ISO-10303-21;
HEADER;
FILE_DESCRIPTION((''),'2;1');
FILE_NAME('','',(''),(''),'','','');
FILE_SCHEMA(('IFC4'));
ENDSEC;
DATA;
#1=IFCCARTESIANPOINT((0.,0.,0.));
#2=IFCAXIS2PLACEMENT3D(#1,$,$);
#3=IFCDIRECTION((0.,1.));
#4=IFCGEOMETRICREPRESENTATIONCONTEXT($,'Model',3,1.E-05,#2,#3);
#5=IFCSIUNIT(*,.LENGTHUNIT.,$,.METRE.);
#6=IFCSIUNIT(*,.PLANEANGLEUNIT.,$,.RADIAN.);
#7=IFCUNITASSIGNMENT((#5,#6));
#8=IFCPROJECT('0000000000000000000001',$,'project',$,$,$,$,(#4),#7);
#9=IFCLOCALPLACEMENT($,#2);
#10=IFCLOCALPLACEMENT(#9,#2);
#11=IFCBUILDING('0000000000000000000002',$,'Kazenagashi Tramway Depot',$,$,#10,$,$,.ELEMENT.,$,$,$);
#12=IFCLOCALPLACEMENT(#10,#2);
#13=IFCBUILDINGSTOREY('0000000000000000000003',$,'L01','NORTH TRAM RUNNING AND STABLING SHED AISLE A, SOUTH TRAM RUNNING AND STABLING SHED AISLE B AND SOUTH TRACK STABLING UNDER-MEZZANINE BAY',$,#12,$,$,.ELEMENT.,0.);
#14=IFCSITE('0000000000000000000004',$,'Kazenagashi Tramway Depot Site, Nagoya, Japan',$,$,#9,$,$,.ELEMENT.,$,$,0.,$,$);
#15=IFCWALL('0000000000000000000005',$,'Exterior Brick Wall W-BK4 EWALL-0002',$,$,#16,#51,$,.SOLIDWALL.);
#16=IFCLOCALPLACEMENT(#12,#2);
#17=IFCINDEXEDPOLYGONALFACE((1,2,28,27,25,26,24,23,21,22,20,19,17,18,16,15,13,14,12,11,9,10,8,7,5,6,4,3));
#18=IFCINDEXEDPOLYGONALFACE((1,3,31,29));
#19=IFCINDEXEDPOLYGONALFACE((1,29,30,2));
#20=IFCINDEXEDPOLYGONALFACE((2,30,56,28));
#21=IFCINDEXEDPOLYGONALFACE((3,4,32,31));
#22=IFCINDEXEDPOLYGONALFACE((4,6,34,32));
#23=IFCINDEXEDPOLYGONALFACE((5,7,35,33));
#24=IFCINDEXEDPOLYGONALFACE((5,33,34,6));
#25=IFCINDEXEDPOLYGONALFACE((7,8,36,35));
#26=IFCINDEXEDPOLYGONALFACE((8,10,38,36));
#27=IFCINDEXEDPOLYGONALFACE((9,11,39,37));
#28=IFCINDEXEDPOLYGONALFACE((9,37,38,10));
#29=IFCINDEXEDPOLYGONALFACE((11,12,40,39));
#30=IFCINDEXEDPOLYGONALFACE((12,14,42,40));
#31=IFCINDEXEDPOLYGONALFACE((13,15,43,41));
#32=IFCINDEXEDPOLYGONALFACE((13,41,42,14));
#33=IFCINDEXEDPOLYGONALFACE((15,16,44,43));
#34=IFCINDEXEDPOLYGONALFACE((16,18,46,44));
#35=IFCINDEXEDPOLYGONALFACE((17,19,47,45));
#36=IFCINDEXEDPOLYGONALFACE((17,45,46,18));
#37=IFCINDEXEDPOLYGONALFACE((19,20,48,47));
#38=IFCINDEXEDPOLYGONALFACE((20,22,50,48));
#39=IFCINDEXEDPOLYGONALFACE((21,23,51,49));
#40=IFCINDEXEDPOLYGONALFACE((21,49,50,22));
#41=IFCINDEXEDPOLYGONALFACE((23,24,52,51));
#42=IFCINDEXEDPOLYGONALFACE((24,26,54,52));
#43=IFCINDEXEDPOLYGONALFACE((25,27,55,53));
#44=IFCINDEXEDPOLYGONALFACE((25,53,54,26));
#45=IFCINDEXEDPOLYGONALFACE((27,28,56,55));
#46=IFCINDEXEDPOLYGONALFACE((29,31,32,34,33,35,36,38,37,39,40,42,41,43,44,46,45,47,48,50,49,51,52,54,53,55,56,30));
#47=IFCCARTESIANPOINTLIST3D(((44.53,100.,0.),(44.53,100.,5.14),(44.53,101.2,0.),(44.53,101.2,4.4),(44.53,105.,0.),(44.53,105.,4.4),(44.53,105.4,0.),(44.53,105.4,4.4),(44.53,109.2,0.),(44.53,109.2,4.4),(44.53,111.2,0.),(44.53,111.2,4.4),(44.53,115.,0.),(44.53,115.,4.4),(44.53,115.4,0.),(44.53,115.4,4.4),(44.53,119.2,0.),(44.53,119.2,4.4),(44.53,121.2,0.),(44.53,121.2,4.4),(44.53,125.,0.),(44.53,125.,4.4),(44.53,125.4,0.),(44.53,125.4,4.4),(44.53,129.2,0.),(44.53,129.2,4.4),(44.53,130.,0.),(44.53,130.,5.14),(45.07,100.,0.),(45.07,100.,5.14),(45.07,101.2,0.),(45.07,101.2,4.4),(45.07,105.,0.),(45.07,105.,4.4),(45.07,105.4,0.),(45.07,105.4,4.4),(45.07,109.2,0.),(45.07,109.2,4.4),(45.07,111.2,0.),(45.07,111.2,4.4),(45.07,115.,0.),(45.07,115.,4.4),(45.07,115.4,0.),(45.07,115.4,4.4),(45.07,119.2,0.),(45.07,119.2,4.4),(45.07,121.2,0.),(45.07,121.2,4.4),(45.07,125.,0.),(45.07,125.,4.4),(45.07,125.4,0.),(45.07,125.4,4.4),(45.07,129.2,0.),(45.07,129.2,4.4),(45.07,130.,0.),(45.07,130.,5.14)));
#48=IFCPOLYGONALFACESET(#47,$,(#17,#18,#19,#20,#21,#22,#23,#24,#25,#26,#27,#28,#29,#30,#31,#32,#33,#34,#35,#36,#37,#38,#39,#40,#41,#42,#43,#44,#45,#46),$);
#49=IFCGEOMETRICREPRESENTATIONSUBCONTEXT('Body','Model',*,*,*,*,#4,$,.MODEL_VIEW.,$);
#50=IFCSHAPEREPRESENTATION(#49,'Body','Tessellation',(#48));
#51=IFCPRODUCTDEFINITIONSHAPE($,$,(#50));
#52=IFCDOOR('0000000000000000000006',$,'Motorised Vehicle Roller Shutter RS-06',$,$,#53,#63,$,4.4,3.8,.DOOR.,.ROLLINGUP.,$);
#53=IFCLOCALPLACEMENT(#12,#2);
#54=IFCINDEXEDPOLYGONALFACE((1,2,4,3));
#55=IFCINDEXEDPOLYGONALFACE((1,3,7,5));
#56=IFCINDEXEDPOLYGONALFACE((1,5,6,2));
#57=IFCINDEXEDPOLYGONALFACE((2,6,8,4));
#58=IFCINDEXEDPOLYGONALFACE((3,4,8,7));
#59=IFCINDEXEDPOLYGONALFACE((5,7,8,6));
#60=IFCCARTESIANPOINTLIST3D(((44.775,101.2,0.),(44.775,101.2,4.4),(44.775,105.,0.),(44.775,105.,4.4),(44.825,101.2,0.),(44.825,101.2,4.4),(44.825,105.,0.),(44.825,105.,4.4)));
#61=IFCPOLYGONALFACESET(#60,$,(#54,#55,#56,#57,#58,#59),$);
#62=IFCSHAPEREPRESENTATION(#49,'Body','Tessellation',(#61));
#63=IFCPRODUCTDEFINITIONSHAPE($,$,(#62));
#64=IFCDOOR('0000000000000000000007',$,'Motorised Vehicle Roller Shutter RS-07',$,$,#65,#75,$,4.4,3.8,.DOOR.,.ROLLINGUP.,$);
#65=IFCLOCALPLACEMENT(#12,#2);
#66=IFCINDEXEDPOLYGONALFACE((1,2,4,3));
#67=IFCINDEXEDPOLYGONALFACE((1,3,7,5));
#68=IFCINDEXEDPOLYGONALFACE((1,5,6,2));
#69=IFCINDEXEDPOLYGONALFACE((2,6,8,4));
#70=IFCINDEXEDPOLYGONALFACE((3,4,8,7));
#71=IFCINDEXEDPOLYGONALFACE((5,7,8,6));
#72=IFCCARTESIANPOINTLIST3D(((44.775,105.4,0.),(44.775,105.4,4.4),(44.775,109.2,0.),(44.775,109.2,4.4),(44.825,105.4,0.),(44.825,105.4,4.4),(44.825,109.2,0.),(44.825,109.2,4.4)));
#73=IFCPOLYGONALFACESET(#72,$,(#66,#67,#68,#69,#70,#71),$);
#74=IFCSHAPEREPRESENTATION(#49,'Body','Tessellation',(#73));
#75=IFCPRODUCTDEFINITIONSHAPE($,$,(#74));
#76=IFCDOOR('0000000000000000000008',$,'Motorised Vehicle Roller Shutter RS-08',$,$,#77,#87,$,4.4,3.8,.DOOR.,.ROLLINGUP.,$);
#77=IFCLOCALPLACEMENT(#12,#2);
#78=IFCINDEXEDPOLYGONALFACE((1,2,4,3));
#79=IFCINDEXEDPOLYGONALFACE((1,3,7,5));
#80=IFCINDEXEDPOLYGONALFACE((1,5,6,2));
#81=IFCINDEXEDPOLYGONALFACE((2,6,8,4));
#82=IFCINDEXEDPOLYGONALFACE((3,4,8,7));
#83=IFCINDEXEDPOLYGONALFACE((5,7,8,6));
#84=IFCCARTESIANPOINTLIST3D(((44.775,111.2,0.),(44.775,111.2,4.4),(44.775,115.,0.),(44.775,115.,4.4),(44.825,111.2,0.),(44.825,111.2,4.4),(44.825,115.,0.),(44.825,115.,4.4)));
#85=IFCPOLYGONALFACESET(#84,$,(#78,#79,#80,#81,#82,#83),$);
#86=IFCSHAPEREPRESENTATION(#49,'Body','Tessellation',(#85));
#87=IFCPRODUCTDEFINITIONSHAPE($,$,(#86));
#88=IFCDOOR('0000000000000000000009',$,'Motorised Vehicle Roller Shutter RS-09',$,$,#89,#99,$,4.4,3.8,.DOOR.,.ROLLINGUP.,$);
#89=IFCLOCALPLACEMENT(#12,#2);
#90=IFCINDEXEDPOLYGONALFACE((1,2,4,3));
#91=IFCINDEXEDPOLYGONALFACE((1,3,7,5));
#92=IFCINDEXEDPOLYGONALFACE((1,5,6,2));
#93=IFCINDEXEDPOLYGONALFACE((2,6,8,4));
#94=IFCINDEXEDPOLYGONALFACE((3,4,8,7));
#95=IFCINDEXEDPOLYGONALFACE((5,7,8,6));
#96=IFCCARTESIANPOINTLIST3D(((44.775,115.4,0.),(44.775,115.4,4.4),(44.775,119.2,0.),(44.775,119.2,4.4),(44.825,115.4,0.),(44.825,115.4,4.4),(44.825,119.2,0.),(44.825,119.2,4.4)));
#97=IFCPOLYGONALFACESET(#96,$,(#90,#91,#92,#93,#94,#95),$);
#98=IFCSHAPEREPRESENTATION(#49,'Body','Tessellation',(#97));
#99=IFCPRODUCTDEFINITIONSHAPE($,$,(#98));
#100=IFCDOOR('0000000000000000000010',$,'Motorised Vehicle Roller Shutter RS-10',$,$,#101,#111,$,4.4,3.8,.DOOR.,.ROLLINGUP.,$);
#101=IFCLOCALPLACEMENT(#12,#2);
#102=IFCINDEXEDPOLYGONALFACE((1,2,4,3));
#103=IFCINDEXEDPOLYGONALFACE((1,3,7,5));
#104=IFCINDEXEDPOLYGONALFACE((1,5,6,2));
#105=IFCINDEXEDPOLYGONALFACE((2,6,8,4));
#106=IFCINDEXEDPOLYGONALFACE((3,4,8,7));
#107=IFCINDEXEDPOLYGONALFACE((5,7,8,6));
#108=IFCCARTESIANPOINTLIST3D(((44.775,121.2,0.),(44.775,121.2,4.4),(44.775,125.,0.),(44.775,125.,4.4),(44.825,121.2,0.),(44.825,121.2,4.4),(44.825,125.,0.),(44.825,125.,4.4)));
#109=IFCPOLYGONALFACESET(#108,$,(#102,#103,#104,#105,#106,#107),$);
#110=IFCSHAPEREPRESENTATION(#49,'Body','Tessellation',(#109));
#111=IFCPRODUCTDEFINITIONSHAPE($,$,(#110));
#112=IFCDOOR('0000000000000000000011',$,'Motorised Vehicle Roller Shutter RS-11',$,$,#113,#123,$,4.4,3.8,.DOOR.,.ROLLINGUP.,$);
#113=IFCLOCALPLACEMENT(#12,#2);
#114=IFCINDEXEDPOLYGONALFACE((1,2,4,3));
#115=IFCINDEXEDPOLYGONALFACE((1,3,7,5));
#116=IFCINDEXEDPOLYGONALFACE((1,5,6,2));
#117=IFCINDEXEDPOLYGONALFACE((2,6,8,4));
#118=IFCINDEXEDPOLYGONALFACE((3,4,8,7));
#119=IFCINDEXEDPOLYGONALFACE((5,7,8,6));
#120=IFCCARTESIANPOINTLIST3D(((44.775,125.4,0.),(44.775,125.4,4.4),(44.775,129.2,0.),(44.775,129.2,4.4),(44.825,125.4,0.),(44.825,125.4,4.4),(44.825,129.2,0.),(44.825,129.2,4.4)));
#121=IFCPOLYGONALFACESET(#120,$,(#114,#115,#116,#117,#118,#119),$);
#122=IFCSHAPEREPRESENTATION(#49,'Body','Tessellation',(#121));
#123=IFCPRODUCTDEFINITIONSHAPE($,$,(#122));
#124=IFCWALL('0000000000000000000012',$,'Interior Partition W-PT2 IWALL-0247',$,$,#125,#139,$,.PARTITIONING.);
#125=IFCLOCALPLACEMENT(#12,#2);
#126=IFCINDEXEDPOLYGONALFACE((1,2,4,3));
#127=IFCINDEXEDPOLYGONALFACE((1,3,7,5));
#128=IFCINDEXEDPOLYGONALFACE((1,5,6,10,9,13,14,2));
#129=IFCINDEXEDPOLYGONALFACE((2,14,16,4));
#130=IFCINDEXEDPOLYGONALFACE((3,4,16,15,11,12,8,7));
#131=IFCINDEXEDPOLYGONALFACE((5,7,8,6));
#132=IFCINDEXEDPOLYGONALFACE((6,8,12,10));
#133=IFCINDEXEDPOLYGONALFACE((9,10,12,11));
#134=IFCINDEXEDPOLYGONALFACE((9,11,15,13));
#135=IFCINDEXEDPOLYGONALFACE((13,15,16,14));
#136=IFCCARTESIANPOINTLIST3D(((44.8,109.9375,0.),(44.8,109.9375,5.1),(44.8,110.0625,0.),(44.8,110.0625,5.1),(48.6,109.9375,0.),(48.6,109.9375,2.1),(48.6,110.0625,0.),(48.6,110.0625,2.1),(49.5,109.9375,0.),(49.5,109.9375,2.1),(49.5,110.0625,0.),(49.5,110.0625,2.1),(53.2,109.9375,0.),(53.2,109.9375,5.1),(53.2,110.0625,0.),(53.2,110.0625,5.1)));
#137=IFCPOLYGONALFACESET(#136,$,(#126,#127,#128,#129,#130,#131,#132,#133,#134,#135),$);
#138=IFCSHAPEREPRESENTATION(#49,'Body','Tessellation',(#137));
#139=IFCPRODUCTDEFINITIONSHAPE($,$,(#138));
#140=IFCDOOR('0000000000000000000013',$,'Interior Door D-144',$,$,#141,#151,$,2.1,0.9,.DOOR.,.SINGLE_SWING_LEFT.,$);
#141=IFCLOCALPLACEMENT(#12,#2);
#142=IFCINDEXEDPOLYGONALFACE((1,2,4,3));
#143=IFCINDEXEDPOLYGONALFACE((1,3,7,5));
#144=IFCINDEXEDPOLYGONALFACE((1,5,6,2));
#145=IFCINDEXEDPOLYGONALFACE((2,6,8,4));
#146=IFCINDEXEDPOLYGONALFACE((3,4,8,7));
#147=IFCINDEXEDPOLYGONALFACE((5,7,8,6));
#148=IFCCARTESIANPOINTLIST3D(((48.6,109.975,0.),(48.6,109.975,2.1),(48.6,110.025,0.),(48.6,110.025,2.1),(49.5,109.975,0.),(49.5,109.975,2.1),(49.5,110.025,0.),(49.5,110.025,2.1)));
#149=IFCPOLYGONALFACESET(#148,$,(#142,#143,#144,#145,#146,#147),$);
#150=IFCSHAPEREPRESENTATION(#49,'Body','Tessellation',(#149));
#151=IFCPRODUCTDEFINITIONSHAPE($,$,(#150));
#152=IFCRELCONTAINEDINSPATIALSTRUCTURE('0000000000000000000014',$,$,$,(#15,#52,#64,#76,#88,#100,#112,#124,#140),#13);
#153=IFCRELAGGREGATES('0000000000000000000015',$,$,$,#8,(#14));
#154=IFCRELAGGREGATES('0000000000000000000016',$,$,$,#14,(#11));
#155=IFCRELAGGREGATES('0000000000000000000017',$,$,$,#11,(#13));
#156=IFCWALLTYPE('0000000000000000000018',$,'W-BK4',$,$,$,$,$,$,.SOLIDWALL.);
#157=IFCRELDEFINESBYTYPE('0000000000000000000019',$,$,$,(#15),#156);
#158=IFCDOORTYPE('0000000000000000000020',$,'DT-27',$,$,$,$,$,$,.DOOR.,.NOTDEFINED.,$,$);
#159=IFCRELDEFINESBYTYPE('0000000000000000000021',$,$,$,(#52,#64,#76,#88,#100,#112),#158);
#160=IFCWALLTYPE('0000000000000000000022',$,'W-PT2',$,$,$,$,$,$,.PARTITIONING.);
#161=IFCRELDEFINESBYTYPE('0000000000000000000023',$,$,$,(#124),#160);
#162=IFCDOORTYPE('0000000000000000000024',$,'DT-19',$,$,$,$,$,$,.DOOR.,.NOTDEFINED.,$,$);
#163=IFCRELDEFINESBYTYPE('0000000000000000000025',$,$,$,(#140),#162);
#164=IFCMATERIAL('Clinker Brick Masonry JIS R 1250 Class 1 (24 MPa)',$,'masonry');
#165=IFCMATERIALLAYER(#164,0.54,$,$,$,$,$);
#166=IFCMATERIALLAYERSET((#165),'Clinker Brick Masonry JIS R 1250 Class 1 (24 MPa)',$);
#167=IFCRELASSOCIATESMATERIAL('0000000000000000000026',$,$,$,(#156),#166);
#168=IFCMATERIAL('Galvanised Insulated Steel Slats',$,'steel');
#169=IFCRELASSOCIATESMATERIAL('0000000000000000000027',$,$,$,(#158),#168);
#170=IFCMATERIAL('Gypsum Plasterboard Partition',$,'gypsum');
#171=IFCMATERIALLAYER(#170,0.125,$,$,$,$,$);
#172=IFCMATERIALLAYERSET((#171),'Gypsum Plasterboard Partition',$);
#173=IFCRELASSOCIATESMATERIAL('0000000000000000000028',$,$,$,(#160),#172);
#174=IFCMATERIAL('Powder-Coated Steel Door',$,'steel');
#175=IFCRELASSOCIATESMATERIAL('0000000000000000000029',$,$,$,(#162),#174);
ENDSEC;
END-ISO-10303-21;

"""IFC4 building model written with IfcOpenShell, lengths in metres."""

from ifc_helpers import new_model, si_unit, direction, frame, frame_2d, origin, place, context, subcontext, project, spatial, rectangle, extrude, material, layer, layer_set, type_object, element, fill, save


model = new_model("IFC4")

# Units and contexts
model_context = context("Model", 3, precision=1e-05, world=origin(), true_north=direction((0.0, 1.0)))
body_context = subcontext(model_context, "Body", "Model", "MODEL_VIEW")
ifc_project = project(units=[si_unit("LENGTHUNIT", "METRE"), si_unit("PLANEANGLEUNIT", "RADIAN")], contexts=[model_context])

# Site, building, storey
site_placement = place(None, origin())
site = spatial("IfcSite", under=ifc_project, at=site_placement, Name="Kazenagashi Tramway Depot Site, Nagoya, Japan", CompositionType="ELEMENT", RefElevation=0.0)
building_placement = place(site_placement, origin())
building = spatial("IfcBuilding", under=site, at=building_placement, Name="Kazenagashi Tramway Depot", CompositionType="ELEMENT")
storey_placement = place(building_placement, origin())
storey = spatial("IfcBuildingStorey", under=building, at=storey_placement, Name="L01", Description="NORTH TRAM RUNNING AND STABLING SHED AISLE A, SOUTH TRAM RUNNING AND STABLING SHED AISLE B AND SOUTH TRACK STABLING UNDER-MEZZANINE BAY", CompositionType="ELEMENT", Elevation=0.0)

# Wall, openings, doors
ifc_material_1 = material(Name="Clinker Brick Masonry JIS R 1250 Class 1 (24 MPa)", Category="masonry")
ifc_layer_1 = layer(ifc_material_1, 0.54)
ifc_layer_set_1 = layer_set([ifc_layer_1], Name="Clinker Brick Masonry JIS R 1250 Class 1 (24 MPa)")
wall_type_1 = type_object("IfcWallType", Name="W-BK4", PredefinedType="SOLIDWALL", material=ifc_layer_set_1)
wall_1_placement = place(storey_placement, frame((44.8, 100.0, 0.0), z_axis=(0.0, 0.0, 1.0), x_axis=(0.0, 1.0, 0.0)))
wall_1 = element("IfcWall", 1, at=wall_1_placement, inside=storey, type_object=wall_type_1, Name="Exterior Brick Wall W-BK4 EWALL-0002", PredefinedType="SOLIDWALL", context=body_context, shape_type="SweptSolid", body=[
    extrude(rectangle(XDim=30.0, YDim=0.54, at=frame_2d((15.0, 0.0))), origin(), (0.0, 0.0, 1.0), 5.14),
])
opening_1_placement = place(wall_1_placement, frame((1.2, 0.0, 0.0)))
opening_1 = element("IfcOpeningElement", 2, at=opening_1_placement, cuts=wall_1, PredefinedType="OPENING", context=body_context, shape_type="SweptSolid", body=[
    extrude(rectangle(XDim=3.8, YDim=4.4, at=frame_2d((1.9, 2.2))), frame((0.0, 0.28, 0.0), z_axis=(0.0, -1.0, 0.0), x_axis=(1.0, 0.0, 0.0)), (0.0, 0.0, 1.0), 0.56),
])
opening_2_placement = place(wall_1_placement, frame((5.4, 0.0, 0.0)))
opening_2 = element("IfcOpeningElement", 3, at=opening_2_placement, cuts=wall_1, PredefinedType="OPENING", context=body_context, shape_type="SweptSolid", body=[
    extrude(rectangle(XDim=3.8, YDim=4.4, at=frame_2d((1.9, 2.2))), frame((0.0, 0.28, 0.0), z_axis=(0.0, -1.0, 0.0), x_axis=(1.0, 0.0, 0.0)), (0.0, 0.0, 1.0), 0.56),
])
opening_3_placement = place(wall_1_placement, frame((11.2, 0.0, 0.0)))
opening_3 = element("IfcOpeningElement", 4, at=opening_3_placement, cuts=wall_1, PredefinedType="OPENING", context=body_context, shape_type="SweptSolid", body=[
    extrude(rectangle(XDim=3.8, YDim=4.4, at=frame_2d((1.9, 2.2))), frame((0.0, 0.28, 0.0), z_axis=(0.0, -1.0, 0.0), x_axis=(1.0, 0.0, 0.0)), (0.0, 0.0, 1.0), 0.56),
])
opening_4_placement = place(wall_1_placement, frame((15.4, 0.0, 0.0)))
opening_4 = element("IfcOpeningElement", 5, at=opening_4_placement, cuts=wall_1, PredefinedType="OPENING", context=body_context, shape_type="SweptSolid", body=[
    extrude(rectangle(XDim=3.8, YDim=4.4, at=frame_2d((1.9, 2.2))), frame((0.0, 0.28, 0.0), z_axis=(0.0, -1.0, 0.0), x_axis=(1.0, 0.0, 0.0)), (0.0, 0.0, 1.0), 0.56),
])
opening_5_placement = place(wall_1_placement, frame((21.2, 0.0, 0.0)))
opening_5 = element("IfcOpeningElement", 6, at=opening_5_placement, cuts=wall_1, PredefinedType="OPENING", context=body_context, shape_type="SweptSolid", body=[
    extrude(rectangle(XDim=3.8, YDim=4.4, at=frame_2d((1.9, 2.2))), frame((0.0, 0.28, 0.0), z_axis=(0.0, -1.0, 0.0), x_axis=(1.0, 0.0, 0.0)), (0.0, 0.0, 1.0), 0.56),
])
opening_6_placement = place(wall_1_placement, frame((25.4, 0.0, 0.0)))
opening_6 = element("IfcOpeningElement", 7, at=opening_6_placement, cuts=wall_1, PredefinedType="OPENING", context=body_context, shape_type="SweptSolid", body=[
    extrude(rectangle(XDim=3.8, YDim=4.4, at=frame_2d((1.9, 2.2))), frame((0.0, 0.28, 0.0), z_axis=(0.0, -1.0, 0.0), x_axis=(1.0, 0.0, 0.0)), (0.0, 0.0, 1.0), 0.56),
])
ifc_material_2 = material(Name="Galvanised Insulated Steel Slats", Category="steel")
door_type_1 = type_object("IfcDoorType", Name="DT-27", OperationType="NOTDEFINED", PredefinedType="DOOR", material=ifc_material_2)
door_1_placement = place(opening_1_placement, origin())
door_1 = element("IfcDoor", 8, at=door_1_placement, inside=storey, type_object=door_type_1, Name="Motorised Vehicle Roller Shutter RS-06", OperationType="ROLLINGUP", OverallHeight=4.4, OverallWidth=3.8, PredefinedType="DOOR", context=body_context, shape_type="SweptSolid", body=[
    extrude(rectangle(XDim=3.8, YDim=4.4, at=frame_2d((1.9, 2.2))), frame((0.0, 0.025, 0.0), z_axis=(0.0, -1.0, 0.0), x_axis=(1.0, 0.0, 0.0)), (0.0, 0.0, 1.0), 0.05),
])
fill(opening_1, door_1)
door_2_placement = place(opening_2_placement, origin())
door_2 = element("IfcDoor", 9, at=door_2_placement, inside=storey, type_object=door_type_1, Name="Motorised Vehicle Roller Shutter RS-07", OperationType="ROLLINGUP", OverallHeight=4.4, OverallWidth=3.8, PredefinedType="DOOR", context=body_context, shape_type="SweptSolid", body=[
    extrude(rectangle(XDim=3.8, YDim=4.4, at=frame_2d((1.9, 2.2))), frame((0.0, 0.025, 0.0), z_axis=(0.0, -1.0, 0.0), x_axis=(1.0, 0.0, 0.0)), (0.0, 0.0, 1.0), 0.05),
])
fill(opening_2, door_2)
door_3_placement = place(opening_3_placement, origin())
door_3 = element("IfcDoor", 10, at=door_3_placement, inside=storey, type_object=door_type_1, Name="Motorised Vehicle Roller Shutter RS-08", OperationType="ROLLINGUP", OverallHeight=4.4, OverallWidth=3.8, PredefinedType="DOOR", context=body_context, shape_type="SweptSolid", body=[
    extrude(rectangle(XDim=3.8, YDim=4.4, at=frame_2d((1.9, 2.2))), frame((0.0, 0.025, 0.0), z_axis=(0.0, -1.0, 0.0), x_axis=(1.0, 0.0, 0.0)), (0.0, 0.0, 1.0), 0.05),
])
fill(opening_3, door_3)
door_4_placement = place(opening_4_placement, origin())
door_4 = element("IfcDoor", 11, at=door_4_placement, inside=storey, type_object=door_type_1, Name="Motorised Vehicle Roller Shutter RS-09", OperationType="ROLLINGUP", OverallHeight=4.4, OverallWidth=3.8, PredefinedType="DOOR", context=body_context, shape_type="SweptSolid", body=[
    extrude(rectangle(XDim=3.8, YDim=4.4, at=frame_2d((1.9, 2.2))), frame((0.0, 0.025, 0.0), z_axis=(0.0, -1.0, 0.0), x_axis=(1.0, 0.0, 0.0)), (0.0, 0.0, 1.0), 0.05),
])
fill(opening_4, door_4)
door_5_placement = place(opening_5_placement, origin())
door_5 = element("IfcDoor", 12, at=door_5_placement, inside=storey, type_object=door_type_1, Name="Motorised Vehicle Roller Shutter RS-10", OperationType="ROLLINGUP", OverallHeight=4.4, OverallWidth=3.8, PredefinedType="DOOR", context=body_context, shape_type="SweptSolid", body=[
    extrude(rectangle(XDim=3.8, YDim=4.4, at=frame_2d((1.9, 2.2))), frame((0.0, 0.025, 0.0), z_axis=(0.0, -1.0, 0.0), x_axis=(1.0, 0.0, 0.0)), (0.0, 0.0, 1.0), 0.05),
])
fill(opening_5, door_5)
door_6_placement = place(opening_6_placement, origin())
door_6 = element("IfcDoor", 13, at=door_6_placement, inside=storey, type_object=door_type_1, Name="Motorised Vehicle Roller Shutter RS-11", OperationType="ROLLINGUP", OverallHeight=4.4, OverallWidth=3.8, PredefinedType="DOOR", context=body_context, shape_type="SweptSolid", body=[
    extrude(rectangle(XDim=3.8, YDim=4.4, at=frame_2d((1.9, 2.2))), frame((0.0, 0.025, 0.0), z_axis=(0.0, -1.0, 0.0), x_axis=(1.0, 0.0, 0.0)), (0.0, 0.0, 1.0), 0.05),
])
fill(opening_6, door_6)

# Wall, opening, door
ifc_material_3 = material(Name="Gypsum Plasterboard Partition", Category="gypsum")
ifc_layer_2 = layer(ifc_material_3, 0.125)
ifc_layer_set_2 = layer_set([ifc_layer_2], Name="Gypsum Plasterboard Partition")
wall_type_2 = type_object("IfcWallType", Name="W-PT2", PredefinedType="PARTITIONING", material=ifc_layer_set_2)
wall_2_placement = place(storey_placement, frame((44.8, 110.0, 0.0), z_axis=(0.0, 0.0, 1.0), x_axis=(1.0, 0.0, 0.0)))
wall_2 = element("IfcWall", 14, at=wall_2_placement, inside=storey, type_object=wall_type_2, Name="Interior Partition W-PT2 IWALL-0247", PredefinedType="PARTITIONING", context=body_context, shape_type="SweptSolid", body=[
    extrude(rectangle(XDim=8.4, YDim=0.125, at=frame_2d((4.2, 0.0))), origin(), (0.0, 0.0, 1.0), 5.1),
])
opening_7_placement = place(wall_2_placement, frame((3.8, 0.0, 0.0)))
opening_7 = element("IfcOpeningElement", 15, at=opening_7_placement, cuts=wall_2, PredefinedType="OPENING", context=body_context, shape_type="SweptSolid", body=[
    extrude(rectangle(XDim=0.9, YDim=2.1, at=frame_2d((0.45, 1.05))), frame((0.0, 0.0725, 0.0), z_axis=(0.0, -1.0, 0.0), x_axis=(1.0, 0.0, 0.0)), (0.0, 0.0, 1.0), 0.145),
])
ifc_material_4 = material(Name="Powder-Coated Steel Door", Category="steel")
door_type_2 = type_object("IfcDoorType", Name="DT-19", OperationType="NOTDEFINED", PredefinedType="DOOR", material=ifc_material_4)
door_7_placement = place(opening_7_placement, origin())
door_7 = element("IfcDoor", 16, at=door_7_placement, inside=storey, type_object=door_type_2, Name="Interior Door D-144", OperationType="SINGLE_SWING_LEFT", OverallHeight=2.1, OverallWidth=0.9, PredefinedType="DOOR", context=body_context, shape_type="SweptSolid", body=[
    extrude(rectangle(XDim=0.9, YDim=2.1, at=frame_2d((0.45, 1.05))), frame((0.0, 0.025, 0.0), z_axis=(0.0, -1.0, 0.0), x_axis=(1.0, 0.0, 0.0)), (0.0, 0.0, 1.0), 0.05),
])
fill(opening_7, door_7)

save(model, "model.ifc")
